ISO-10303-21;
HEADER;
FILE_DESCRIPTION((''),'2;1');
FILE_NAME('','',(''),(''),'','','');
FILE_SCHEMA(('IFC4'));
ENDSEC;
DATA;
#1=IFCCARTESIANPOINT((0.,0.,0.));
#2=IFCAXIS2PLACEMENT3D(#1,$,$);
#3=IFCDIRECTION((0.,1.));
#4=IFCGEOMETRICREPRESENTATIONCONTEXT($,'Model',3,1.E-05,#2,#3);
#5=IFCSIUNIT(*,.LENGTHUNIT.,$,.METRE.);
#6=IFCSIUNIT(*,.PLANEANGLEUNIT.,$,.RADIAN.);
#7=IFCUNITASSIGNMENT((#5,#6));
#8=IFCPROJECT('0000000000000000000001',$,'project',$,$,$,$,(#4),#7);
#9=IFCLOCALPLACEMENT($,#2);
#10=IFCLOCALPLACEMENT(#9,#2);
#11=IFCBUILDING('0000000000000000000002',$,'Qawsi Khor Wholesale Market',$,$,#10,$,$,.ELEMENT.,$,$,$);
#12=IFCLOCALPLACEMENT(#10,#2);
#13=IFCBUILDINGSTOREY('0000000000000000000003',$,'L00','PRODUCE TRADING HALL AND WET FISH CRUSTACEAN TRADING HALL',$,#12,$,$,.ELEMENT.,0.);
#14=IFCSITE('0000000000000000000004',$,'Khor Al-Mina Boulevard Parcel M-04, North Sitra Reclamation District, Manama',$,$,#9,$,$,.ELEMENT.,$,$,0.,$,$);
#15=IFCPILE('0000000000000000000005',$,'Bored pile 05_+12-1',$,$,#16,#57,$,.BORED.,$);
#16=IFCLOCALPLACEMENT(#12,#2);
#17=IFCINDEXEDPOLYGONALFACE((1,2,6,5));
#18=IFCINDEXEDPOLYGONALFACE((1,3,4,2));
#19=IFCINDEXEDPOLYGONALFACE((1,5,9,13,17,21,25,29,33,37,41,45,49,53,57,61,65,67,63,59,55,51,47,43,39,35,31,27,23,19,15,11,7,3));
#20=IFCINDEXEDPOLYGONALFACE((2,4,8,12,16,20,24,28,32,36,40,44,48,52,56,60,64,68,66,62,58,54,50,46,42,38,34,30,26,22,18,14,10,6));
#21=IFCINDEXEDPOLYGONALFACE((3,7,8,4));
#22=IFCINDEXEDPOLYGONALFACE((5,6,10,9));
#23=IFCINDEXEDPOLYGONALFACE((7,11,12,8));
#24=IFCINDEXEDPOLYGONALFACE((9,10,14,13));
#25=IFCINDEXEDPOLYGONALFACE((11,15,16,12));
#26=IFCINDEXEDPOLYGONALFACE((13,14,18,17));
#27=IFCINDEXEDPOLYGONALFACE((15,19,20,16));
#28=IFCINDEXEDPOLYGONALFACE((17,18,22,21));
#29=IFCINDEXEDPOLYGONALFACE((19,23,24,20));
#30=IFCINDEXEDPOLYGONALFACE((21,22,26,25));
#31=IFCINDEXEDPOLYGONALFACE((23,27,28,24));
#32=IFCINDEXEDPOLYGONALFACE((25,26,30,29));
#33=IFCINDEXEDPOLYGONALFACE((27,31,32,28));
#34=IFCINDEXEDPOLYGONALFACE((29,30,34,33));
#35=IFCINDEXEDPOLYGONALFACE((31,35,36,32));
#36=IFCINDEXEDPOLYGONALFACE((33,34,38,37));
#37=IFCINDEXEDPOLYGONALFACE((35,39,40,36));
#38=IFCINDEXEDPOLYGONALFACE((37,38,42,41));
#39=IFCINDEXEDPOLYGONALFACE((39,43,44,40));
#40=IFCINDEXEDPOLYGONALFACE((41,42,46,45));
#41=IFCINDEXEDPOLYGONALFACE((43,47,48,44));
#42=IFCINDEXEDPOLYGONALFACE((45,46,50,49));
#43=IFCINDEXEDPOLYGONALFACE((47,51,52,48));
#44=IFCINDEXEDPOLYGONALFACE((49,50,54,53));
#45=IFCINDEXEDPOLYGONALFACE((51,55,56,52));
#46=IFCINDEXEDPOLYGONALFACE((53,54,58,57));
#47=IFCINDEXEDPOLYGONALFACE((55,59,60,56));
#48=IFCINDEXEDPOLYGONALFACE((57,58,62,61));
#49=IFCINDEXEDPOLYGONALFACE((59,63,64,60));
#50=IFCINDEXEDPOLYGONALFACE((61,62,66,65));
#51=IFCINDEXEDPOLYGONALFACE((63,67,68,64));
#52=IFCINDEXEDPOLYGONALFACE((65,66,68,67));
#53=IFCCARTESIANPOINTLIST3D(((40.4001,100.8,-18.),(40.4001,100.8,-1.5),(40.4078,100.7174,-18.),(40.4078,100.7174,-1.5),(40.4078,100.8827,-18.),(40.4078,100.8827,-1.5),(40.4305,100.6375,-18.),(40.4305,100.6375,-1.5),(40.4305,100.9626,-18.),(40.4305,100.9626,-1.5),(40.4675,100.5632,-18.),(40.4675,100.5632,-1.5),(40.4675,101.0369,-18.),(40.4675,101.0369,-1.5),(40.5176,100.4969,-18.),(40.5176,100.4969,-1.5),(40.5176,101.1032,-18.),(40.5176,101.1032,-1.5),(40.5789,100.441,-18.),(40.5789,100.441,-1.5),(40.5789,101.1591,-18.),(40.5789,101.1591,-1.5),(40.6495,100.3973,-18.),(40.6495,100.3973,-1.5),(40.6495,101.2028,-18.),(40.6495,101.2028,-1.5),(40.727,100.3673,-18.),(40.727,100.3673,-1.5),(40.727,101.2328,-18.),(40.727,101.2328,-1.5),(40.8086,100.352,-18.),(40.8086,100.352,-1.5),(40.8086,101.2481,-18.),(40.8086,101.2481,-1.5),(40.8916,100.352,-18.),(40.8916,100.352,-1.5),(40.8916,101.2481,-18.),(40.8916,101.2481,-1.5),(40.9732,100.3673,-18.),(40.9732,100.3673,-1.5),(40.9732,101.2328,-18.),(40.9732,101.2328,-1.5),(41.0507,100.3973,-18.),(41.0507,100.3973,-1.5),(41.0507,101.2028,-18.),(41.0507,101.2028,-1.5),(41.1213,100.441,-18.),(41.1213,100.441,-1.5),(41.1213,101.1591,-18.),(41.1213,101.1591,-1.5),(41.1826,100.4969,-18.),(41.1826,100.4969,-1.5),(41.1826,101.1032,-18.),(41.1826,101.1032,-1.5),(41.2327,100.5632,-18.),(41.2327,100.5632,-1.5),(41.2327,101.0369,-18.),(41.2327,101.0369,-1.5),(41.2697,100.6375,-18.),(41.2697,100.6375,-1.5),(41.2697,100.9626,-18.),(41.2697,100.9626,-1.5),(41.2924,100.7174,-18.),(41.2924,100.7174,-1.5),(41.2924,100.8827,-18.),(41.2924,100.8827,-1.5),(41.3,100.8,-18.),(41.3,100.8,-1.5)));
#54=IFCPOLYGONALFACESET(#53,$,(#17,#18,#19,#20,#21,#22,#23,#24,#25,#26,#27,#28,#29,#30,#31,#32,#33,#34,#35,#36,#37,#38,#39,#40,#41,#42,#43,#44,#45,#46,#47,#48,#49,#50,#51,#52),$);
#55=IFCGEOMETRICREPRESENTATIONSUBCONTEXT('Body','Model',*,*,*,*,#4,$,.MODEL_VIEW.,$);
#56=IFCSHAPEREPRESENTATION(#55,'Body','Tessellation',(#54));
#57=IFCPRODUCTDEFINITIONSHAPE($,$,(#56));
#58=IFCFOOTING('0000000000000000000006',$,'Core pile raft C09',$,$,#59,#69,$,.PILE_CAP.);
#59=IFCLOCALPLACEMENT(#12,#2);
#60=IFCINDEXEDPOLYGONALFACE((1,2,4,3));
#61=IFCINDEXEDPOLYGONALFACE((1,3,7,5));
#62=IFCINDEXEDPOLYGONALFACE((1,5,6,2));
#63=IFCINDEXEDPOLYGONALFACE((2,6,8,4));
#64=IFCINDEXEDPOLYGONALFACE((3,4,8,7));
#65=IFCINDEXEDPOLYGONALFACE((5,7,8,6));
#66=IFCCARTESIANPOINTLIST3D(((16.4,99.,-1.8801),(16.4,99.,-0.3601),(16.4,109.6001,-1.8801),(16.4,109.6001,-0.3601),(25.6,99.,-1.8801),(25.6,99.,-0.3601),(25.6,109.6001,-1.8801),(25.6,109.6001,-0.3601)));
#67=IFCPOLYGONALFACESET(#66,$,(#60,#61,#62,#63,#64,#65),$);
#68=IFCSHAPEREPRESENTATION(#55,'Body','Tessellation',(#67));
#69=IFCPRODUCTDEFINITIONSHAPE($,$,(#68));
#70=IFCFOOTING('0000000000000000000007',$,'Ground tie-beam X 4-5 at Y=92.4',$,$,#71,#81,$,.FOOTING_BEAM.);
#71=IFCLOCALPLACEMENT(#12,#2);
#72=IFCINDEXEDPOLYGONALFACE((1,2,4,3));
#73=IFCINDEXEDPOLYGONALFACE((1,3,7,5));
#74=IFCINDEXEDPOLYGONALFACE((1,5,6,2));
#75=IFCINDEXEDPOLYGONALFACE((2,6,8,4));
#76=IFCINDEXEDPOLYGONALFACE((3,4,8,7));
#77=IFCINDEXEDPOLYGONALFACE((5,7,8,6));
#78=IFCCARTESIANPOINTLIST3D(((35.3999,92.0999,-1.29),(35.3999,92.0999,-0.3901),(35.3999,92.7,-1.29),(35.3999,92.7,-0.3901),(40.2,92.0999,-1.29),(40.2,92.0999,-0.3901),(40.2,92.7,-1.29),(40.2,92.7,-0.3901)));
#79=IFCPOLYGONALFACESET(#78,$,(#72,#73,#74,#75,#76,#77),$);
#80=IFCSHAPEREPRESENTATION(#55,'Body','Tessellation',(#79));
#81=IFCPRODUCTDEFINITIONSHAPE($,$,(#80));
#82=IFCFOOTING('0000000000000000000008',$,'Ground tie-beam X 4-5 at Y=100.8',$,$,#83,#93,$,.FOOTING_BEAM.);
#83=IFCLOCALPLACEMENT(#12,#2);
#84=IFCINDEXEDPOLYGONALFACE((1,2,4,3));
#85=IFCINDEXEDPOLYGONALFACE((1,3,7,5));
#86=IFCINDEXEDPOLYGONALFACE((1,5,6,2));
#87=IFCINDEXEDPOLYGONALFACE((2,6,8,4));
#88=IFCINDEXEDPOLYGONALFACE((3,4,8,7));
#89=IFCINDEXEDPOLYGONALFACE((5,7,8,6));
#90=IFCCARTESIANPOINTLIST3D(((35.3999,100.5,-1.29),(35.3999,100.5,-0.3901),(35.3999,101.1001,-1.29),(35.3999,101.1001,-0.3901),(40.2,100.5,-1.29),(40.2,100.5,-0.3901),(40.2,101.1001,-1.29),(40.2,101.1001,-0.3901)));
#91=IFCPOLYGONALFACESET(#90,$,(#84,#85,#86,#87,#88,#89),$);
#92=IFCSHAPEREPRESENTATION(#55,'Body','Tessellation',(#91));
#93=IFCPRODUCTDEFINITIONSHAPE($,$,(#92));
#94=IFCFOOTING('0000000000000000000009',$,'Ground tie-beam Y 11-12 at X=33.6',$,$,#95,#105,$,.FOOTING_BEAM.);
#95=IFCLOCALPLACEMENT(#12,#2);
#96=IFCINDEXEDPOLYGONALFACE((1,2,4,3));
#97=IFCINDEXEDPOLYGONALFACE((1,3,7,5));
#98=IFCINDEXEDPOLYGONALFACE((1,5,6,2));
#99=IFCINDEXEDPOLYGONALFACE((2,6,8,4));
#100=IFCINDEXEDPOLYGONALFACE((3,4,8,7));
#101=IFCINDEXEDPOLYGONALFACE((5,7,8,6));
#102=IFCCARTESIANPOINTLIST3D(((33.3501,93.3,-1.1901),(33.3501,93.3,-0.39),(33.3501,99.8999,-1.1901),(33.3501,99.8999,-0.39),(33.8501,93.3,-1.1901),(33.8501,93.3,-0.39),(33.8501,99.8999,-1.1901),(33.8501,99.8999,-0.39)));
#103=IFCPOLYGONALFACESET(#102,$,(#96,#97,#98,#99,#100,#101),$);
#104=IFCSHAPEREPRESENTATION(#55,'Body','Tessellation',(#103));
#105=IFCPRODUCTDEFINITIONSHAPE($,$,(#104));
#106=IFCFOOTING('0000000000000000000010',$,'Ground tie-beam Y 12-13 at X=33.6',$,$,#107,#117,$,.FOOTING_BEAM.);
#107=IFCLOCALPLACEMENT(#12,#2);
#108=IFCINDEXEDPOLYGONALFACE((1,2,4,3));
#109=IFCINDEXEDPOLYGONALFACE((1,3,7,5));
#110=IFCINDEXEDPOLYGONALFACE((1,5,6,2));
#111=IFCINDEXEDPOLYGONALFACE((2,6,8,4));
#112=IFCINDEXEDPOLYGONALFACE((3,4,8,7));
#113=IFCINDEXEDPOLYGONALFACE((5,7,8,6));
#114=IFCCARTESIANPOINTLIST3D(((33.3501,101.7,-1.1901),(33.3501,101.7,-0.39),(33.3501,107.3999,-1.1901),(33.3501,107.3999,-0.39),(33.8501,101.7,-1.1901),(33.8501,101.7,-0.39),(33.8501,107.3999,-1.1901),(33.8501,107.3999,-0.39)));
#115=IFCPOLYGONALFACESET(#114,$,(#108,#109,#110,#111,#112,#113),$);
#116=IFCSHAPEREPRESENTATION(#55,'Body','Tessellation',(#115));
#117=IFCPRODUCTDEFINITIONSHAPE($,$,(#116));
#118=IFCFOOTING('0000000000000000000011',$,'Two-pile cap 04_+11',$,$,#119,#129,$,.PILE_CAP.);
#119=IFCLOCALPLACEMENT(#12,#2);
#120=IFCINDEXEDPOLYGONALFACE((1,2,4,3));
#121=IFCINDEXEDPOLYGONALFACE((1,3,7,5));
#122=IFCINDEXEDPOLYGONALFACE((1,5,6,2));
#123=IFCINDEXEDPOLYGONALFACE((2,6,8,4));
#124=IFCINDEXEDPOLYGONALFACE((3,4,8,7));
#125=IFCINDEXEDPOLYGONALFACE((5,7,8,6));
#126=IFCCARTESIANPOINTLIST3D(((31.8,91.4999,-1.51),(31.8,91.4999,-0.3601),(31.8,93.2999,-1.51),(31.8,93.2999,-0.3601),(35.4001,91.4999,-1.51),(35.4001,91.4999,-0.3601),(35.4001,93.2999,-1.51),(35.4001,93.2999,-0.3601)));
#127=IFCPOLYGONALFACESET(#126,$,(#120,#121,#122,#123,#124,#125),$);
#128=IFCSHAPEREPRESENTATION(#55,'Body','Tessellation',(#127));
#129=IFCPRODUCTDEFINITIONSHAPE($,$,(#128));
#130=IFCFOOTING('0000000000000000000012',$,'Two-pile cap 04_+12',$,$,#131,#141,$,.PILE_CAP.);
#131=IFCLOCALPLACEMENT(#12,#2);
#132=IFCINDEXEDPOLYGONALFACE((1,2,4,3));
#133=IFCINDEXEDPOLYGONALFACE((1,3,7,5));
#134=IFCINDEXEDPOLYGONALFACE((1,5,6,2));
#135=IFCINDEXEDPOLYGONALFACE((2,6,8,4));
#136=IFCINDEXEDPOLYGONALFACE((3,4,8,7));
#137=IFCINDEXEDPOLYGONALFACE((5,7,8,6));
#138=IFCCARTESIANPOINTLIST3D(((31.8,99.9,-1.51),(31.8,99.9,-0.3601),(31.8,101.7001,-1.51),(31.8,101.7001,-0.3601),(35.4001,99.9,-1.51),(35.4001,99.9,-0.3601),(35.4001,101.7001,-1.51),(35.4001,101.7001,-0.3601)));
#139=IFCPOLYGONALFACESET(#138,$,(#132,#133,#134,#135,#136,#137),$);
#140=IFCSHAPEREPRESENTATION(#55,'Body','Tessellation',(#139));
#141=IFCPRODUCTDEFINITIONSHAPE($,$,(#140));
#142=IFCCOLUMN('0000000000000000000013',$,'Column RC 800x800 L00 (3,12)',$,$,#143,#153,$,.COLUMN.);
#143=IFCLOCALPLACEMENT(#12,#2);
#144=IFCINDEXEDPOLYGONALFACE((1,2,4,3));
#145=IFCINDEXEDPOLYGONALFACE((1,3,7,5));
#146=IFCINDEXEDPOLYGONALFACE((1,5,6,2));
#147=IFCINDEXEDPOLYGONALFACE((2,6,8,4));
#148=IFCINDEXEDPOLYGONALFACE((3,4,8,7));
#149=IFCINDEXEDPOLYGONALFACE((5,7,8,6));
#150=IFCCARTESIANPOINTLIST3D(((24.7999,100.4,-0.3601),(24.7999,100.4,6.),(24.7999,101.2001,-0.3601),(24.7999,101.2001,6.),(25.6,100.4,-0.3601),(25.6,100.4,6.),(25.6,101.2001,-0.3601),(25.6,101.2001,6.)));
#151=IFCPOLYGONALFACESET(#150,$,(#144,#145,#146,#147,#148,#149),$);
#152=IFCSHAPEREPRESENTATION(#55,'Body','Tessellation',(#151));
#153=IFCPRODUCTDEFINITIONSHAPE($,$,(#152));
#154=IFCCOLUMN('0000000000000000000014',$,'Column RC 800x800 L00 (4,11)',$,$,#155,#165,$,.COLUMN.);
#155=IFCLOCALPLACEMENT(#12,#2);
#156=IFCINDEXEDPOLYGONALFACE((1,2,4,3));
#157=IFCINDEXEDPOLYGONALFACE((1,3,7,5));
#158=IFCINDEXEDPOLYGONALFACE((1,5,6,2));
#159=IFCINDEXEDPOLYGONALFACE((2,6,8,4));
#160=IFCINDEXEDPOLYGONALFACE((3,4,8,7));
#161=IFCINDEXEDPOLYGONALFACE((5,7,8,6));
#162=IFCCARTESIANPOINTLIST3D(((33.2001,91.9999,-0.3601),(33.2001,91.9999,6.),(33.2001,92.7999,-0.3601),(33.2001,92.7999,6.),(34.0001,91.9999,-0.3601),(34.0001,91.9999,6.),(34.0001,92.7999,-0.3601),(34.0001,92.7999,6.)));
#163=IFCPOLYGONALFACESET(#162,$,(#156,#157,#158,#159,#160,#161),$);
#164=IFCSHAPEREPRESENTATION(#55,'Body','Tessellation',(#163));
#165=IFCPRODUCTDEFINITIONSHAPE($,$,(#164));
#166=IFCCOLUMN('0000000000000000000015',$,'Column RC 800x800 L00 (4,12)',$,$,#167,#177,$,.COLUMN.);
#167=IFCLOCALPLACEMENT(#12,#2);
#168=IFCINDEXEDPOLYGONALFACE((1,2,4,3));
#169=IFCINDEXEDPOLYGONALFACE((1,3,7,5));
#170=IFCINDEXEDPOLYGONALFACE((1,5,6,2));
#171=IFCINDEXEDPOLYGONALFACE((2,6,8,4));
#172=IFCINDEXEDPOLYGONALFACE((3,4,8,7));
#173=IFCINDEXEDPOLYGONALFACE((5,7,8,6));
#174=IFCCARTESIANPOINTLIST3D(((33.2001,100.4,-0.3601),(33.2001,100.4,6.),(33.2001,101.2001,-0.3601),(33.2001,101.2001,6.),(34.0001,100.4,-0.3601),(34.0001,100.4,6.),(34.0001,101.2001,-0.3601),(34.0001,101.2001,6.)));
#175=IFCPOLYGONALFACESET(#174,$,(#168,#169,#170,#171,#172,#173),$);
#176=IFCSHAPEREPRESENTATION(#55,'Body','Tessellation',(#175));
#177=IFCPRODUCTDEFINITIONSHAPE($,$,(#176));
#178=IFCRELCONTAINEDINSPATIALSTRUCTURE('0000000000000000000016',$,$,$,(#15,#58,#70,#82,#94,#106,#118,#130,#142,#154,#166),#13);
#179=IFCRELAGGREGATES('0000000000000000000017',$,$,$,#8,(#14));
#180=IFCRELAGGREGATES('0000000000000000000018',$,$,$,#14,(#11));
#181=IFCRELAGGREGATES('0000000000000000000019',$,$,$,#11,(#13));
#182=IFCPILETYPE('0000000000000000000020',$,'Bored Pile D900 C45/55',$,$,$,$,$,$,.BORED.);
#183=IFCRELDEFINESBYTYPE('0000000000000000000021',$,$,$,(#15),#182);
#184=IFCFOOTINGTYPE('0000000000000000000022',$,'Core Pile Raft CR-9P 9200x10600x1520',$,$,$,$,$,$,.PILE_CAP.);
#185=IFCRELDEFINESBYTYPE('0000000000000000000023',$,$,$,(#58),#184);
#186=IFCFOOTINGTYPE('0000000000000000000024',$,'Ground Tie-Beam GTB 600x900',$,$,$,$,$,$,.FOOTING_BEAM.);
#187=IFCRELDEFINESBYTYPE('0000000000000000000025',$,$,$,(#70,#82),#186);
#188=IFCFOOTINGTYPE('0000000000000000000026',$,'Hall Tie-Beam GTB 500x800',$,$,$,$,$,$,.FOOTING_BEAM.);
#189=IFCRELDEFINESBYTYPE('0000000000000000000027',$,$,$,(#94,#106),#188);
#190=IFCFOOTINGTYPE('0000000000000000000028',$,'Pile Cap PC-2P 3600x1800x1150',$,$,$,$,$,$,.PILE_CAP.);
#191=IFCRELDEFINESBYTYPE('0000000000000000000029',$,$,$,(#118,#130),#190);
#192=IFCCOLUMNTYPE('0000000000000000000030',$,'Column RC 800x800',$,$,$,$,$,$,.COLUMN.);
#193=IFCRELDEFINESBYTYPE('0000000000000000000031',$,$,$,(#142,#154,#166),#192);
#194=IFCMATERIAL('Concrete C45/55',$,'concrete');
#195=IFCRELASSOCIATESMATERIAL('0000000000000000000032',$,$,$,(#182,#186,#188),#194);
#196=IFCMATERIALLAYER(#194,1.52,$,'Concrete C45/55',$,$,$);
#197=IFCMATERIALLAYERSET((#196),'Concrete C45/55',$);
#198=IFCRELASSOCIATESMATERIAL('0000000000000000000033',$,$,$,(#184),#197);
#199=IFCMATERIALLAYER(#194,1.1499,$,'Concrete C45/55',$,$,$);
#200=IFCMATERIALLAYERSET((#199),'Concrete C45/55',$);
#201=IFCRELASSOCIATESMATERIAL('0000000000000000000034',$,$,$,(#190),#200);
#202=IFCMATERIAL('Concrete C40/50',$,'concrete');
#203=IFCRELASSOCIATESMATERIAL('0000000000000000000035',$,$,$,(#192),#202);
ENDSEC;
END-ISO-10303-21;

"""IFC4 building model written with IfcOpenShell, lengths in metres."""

from ifc_helpers import new_model, si_unit, direction, frame, origin, origin_2d, place, context, subcontext, project, spatial, rectangle, circle, extrude, material, layer, layer_set, material_profile, profile_set, type_object, element, save


model = new_model("IFC4")

# Units and contexts
model_context = context("Model", 3, precision=1e-05, world=origin(), true_north=direction((0.0, 1.0)))
body_context = subcontext(model_context, "Body", "Model", "MODEL_VIEW")
ifc_project = project(units=[si_unit("LENGTHUNIT", "METRE"), si_unit("PLANEANGLEUNIT", "RADIAN")], contexts=[model_context])

# Site, building, storey
site_placement = place(None, origin())
site = spatial("IfcSite", under=ifc_project, at=site_placement, Name="Khor Al-Mina Boulevard Parcel M-04, North Sitra Reclamation District, Manama", CompositionType="ELEMENT", RefElevation=0.0)
building_placement = place(site_placement, origin())
building = spatial("IfcBuilding", under=site, at=building_placement, Name="Qawsi Khor Wholesale Market", CompositionType="ELEMENT")
storey_placement = place(building_placement, origin())
storey = spatial("IfcBuildingStorey", under=building, at=storey_placement, Name="L00", Description="PRODUCE TRADING HALL AND WET FISH CRUSTACEAN TRADING HALL", CompositionType="ELEMENT", Elevation=0.0)

# Pile
ifc_material_1 = material(Name="Concrete C45/55", Category="concrete")
ifc_material_profile_1 = material_profile(ifc_material_1, circle(Radius=0.45, at=origin_2d()), Name="PILE D900")
ifc_profile_set_1 = profile_set([ifc_material_profile_1], Name="Concrete C45/55")
pile_type_1 = type_object("IfcPileType", Name="Bored Pile D900 C45/55", PredefinedType="BORED", material=ifc_profile_set_1)
for number, where, z_axis, x_axis, name in (
    (1, (40.8501, 100.8, -1.5), (0.0, 0.0, -1.0), (1.0, 0.0, 0.0), "Bored pile 05_+12-1"),
):
    element("IfcPile", number, at=place(storey_placement, frame(where, z_axis=z_axis, x_axis=x_axis)), inside=storey, type_object=pile_type_1, Name=name, PredefinedType="BORED", context=body_context, shape_type="SweptSolid", body=[
        extrude(circle(Radius=0.45, at=origin_2d()), origin(), (0.0, 0.0, 1.0), 16.5),
    ])

# Footings
ifc_layer_1 = layer(ifc_material_1, 1.52, Name="Concrete C45/55")
ifc_layer_set_1 = layer_set([ifc_layer_1], Name="Concrete C45/55")
footing_type_1 = type_object("IfcFootingType", Name="Core Pile Raft CR-9P 9200x10600x1520", PredefinedType="PILE_CAP", material=ifc_layer_set_1)
footing_1_placement = place(storey_placement, frame((21.0, 104.3, -1.8801), z_axis=(0.0, 0.0, 1.0), x_axis=(1.0, 0.0, 0.0)))
element("IfcFooting", 2, at=footing_1_placement, inside=storey, type_object=footing_type_1, Name="Core pile raft C09", PredefinedType="PILE_CAP", context=body_context, shape_type="SweptSolid", body=[
    extrude(rectangle(XDim=9.2, YDim=10.6001, at=origin_2d()), origin(), (0.0, 0.0, 1.0), 1.52),
])
ifc_material_profile_2 = material_profile(ifc_material_1, rectangle(XDim=0.6001, YDim=0.8999, at=origin_2d()), Name="RC 600x900")
ifc_profile_set_2 = profile_set([ifc_material_profile_2], Name="Concrete C45/55")
footing_type_2 = type_object("IfcFootingType", Name="Ground Tie-Beam GTB 600x900", PredefinedType="FOOTING_BEAM", material=ifc_profile_set_2)
for number, where, z_axis, x_axis, name in (
    (3, (35.3999, 92.3999, -0.8401), (1.0, 0.0, 0.0), (0.0, 1.0, 0.0), "Ground tie-beam X 4-5 at Y=92.4"),
    (4, (35.3999, 100.8, -0.8401), (1.0, 0.0, 0.0), (0.0, 1.0, 0.0), "Ground tie-beam X 4-5 at Y=100.8"),
):
    element("IfcFooting", number, at=place(storey_placement, frame(where, z_axis=z_axis, x_axis=x_axis)), inside=storey, type_object=footing_type_2, Name=name, PredefinedType="FOOTING_BEAM", context=body_context, shape_type="SweptSolid", body=[
        extrude(rectangle(XDim=0.6001, YDim=0.8999, at=origin_2d()), origin(), (0.0, 0.0, 1.0), 4.8),
    ])
ifc_material_profile_3 = material_profile(ifc_material_1, rectangle(XDim=0.5, YDim=0.8, at=origin_2d()), Name="RC 500x800")
ifc_profile_set_3 = profile_set([ifc_material_profile_3], Name="Concrete C45/55")
footing_type_3 = type_object("IfcFootingType", Name="Hall Tie-Beam GTB 500x800", PredefinedType="FOOTING_BEAM", material=ifc_profile_set_3)
footing_2_placement = place(storey_placement, frame((33.6001, 93.3, -0.79), z_axis=(0.0, 1.0, 0.0), x_axis=(-1.0, 0.0, 0.0)))
element("IfcFooting", 5, at=footing_2_placement, inside=storey, type_object=footing_type_3, Name="Ground tie-beam Y 11-12 at X=33.6", PredefinedType="FOOTING_BEAM", context=body_context, shape_type="SweptSolid", body=[
    extrude(rectangle(XDim=0.5, YDim=0.8, at=origin_2d()), origin(), (0.0, 0.0, 1.0), 6.5999),
])
footing_3_placement = place(storey_placement, frame((33.6001, 101.7, -0.79), z_axis=(0.0, 1.0, 0.0), x_axis=(-1.0, 0.0, 0.0)))
element("IfcFooting", 6, at=footing_3_placement, inside=storey, type_object=footing_type_3, Name="Ground tie-beam Y 12-13 at X=33.6", PredefinedType="FOOTING_BEAM", context=body_context, shape_type="SweptSolid", body=[
    extrude(rectangle(XDim=0.5, YDim=0.8, at=origin_2d()), origin(), (0.0, 0.0, 1.0), 5.7),
])
ifc_layer_2 = layer(ifc_material_1, 1.1499, Name="Concrete C45/55")
ifc_layer_set_2 = layer_set([ifc_layer_2], Name="Concrete C45/55")
footing_type_4 = type_object("IfcFootingType", Name="Pile Cap PC-2P 3600x1800x1150", PredefinedType="PILE_CAP", material=ifc_layer_set_2)
for number, where, z_axis, x_axis, name in (
    (7, (33.6001, 92.3999, -1.51), (0.0, 0.0, 1.0), (1.0, 0.0, 0.0), "Two-pile cap 04_+11"),
    (8, (33.6001, 100.8, -1.51), (0.0, 0.0, 1.0), (1.0, 0.0, 0.0), "Two-pile cap 04_+12"),
):
    element("IfcFooting", number, at=place(storey_placement, frame(where, z_axis=z_axis, x_axis=x_axis)), inside=storey, type_object=footing_type_4, Name=name, PredefinedType="PILE_CAP", context=body_context, shape_type="SweptSolid", body=[
        extrude(rectangle(XDim=3.6001, YDim=1.8, at=origin_2d()), origin(), (0.0, 0.0, 1.0), 1.1499),
    ])

# Columns
ifc_material_2 = material(Name="Concrete C40/50", Category="concrete")
ifc_material_profile_4 = material_profile(ifc_material_2, rectangle(XDim=0.8, YDim=0.8, at=origin_2d()), Name="RC 800x800")
ifc_profile_set_4 = profile_set([ifc_material_profile_4], Name="Concrete C40/50")
column_type = type_object("IfcColumnType", Name="Column RC 800x800", PredefinedType="COLUMN", material=ifc_profile_set_4)
for number, where, z_axis, x_axis, name in (
    (9, (25.2, 100.8, -0.3601), (0.0, 0.0, 1.0), (1.0, 0.0, 0.0), "Column RC 800x800 L00 (3,12)"),
    (10, (33.6001, 92.3999, -0.3601), (0.0, 0.0, 1.0), (1.0, 0.0, 0.0), "Column RC 800x800 L00 (4,11)"),
    (11, (33.6001, 100.8, -0.3601), (0.0, 0.0, 1.0), (1.0, 0.0, 0.0), "Column RC 800x800 L00 (4,12)"),
):
    element("IfcColumn", number, at=place(storey_placement, frame(where, z_axis=z_axis, x_axis=x_axis)), inside=storey, type_object=column_type, Name=name, PredefinedType="COLUMN", context=body_context, shape_type="SweptSolid", body=[
        extrude(rectangle(XDim=0.8, YDim=0.8, at=origin_2d()), origin(), (0.0, 0.0, 1.0), 6.3601),
    ])

save(model, "model.ifc")
